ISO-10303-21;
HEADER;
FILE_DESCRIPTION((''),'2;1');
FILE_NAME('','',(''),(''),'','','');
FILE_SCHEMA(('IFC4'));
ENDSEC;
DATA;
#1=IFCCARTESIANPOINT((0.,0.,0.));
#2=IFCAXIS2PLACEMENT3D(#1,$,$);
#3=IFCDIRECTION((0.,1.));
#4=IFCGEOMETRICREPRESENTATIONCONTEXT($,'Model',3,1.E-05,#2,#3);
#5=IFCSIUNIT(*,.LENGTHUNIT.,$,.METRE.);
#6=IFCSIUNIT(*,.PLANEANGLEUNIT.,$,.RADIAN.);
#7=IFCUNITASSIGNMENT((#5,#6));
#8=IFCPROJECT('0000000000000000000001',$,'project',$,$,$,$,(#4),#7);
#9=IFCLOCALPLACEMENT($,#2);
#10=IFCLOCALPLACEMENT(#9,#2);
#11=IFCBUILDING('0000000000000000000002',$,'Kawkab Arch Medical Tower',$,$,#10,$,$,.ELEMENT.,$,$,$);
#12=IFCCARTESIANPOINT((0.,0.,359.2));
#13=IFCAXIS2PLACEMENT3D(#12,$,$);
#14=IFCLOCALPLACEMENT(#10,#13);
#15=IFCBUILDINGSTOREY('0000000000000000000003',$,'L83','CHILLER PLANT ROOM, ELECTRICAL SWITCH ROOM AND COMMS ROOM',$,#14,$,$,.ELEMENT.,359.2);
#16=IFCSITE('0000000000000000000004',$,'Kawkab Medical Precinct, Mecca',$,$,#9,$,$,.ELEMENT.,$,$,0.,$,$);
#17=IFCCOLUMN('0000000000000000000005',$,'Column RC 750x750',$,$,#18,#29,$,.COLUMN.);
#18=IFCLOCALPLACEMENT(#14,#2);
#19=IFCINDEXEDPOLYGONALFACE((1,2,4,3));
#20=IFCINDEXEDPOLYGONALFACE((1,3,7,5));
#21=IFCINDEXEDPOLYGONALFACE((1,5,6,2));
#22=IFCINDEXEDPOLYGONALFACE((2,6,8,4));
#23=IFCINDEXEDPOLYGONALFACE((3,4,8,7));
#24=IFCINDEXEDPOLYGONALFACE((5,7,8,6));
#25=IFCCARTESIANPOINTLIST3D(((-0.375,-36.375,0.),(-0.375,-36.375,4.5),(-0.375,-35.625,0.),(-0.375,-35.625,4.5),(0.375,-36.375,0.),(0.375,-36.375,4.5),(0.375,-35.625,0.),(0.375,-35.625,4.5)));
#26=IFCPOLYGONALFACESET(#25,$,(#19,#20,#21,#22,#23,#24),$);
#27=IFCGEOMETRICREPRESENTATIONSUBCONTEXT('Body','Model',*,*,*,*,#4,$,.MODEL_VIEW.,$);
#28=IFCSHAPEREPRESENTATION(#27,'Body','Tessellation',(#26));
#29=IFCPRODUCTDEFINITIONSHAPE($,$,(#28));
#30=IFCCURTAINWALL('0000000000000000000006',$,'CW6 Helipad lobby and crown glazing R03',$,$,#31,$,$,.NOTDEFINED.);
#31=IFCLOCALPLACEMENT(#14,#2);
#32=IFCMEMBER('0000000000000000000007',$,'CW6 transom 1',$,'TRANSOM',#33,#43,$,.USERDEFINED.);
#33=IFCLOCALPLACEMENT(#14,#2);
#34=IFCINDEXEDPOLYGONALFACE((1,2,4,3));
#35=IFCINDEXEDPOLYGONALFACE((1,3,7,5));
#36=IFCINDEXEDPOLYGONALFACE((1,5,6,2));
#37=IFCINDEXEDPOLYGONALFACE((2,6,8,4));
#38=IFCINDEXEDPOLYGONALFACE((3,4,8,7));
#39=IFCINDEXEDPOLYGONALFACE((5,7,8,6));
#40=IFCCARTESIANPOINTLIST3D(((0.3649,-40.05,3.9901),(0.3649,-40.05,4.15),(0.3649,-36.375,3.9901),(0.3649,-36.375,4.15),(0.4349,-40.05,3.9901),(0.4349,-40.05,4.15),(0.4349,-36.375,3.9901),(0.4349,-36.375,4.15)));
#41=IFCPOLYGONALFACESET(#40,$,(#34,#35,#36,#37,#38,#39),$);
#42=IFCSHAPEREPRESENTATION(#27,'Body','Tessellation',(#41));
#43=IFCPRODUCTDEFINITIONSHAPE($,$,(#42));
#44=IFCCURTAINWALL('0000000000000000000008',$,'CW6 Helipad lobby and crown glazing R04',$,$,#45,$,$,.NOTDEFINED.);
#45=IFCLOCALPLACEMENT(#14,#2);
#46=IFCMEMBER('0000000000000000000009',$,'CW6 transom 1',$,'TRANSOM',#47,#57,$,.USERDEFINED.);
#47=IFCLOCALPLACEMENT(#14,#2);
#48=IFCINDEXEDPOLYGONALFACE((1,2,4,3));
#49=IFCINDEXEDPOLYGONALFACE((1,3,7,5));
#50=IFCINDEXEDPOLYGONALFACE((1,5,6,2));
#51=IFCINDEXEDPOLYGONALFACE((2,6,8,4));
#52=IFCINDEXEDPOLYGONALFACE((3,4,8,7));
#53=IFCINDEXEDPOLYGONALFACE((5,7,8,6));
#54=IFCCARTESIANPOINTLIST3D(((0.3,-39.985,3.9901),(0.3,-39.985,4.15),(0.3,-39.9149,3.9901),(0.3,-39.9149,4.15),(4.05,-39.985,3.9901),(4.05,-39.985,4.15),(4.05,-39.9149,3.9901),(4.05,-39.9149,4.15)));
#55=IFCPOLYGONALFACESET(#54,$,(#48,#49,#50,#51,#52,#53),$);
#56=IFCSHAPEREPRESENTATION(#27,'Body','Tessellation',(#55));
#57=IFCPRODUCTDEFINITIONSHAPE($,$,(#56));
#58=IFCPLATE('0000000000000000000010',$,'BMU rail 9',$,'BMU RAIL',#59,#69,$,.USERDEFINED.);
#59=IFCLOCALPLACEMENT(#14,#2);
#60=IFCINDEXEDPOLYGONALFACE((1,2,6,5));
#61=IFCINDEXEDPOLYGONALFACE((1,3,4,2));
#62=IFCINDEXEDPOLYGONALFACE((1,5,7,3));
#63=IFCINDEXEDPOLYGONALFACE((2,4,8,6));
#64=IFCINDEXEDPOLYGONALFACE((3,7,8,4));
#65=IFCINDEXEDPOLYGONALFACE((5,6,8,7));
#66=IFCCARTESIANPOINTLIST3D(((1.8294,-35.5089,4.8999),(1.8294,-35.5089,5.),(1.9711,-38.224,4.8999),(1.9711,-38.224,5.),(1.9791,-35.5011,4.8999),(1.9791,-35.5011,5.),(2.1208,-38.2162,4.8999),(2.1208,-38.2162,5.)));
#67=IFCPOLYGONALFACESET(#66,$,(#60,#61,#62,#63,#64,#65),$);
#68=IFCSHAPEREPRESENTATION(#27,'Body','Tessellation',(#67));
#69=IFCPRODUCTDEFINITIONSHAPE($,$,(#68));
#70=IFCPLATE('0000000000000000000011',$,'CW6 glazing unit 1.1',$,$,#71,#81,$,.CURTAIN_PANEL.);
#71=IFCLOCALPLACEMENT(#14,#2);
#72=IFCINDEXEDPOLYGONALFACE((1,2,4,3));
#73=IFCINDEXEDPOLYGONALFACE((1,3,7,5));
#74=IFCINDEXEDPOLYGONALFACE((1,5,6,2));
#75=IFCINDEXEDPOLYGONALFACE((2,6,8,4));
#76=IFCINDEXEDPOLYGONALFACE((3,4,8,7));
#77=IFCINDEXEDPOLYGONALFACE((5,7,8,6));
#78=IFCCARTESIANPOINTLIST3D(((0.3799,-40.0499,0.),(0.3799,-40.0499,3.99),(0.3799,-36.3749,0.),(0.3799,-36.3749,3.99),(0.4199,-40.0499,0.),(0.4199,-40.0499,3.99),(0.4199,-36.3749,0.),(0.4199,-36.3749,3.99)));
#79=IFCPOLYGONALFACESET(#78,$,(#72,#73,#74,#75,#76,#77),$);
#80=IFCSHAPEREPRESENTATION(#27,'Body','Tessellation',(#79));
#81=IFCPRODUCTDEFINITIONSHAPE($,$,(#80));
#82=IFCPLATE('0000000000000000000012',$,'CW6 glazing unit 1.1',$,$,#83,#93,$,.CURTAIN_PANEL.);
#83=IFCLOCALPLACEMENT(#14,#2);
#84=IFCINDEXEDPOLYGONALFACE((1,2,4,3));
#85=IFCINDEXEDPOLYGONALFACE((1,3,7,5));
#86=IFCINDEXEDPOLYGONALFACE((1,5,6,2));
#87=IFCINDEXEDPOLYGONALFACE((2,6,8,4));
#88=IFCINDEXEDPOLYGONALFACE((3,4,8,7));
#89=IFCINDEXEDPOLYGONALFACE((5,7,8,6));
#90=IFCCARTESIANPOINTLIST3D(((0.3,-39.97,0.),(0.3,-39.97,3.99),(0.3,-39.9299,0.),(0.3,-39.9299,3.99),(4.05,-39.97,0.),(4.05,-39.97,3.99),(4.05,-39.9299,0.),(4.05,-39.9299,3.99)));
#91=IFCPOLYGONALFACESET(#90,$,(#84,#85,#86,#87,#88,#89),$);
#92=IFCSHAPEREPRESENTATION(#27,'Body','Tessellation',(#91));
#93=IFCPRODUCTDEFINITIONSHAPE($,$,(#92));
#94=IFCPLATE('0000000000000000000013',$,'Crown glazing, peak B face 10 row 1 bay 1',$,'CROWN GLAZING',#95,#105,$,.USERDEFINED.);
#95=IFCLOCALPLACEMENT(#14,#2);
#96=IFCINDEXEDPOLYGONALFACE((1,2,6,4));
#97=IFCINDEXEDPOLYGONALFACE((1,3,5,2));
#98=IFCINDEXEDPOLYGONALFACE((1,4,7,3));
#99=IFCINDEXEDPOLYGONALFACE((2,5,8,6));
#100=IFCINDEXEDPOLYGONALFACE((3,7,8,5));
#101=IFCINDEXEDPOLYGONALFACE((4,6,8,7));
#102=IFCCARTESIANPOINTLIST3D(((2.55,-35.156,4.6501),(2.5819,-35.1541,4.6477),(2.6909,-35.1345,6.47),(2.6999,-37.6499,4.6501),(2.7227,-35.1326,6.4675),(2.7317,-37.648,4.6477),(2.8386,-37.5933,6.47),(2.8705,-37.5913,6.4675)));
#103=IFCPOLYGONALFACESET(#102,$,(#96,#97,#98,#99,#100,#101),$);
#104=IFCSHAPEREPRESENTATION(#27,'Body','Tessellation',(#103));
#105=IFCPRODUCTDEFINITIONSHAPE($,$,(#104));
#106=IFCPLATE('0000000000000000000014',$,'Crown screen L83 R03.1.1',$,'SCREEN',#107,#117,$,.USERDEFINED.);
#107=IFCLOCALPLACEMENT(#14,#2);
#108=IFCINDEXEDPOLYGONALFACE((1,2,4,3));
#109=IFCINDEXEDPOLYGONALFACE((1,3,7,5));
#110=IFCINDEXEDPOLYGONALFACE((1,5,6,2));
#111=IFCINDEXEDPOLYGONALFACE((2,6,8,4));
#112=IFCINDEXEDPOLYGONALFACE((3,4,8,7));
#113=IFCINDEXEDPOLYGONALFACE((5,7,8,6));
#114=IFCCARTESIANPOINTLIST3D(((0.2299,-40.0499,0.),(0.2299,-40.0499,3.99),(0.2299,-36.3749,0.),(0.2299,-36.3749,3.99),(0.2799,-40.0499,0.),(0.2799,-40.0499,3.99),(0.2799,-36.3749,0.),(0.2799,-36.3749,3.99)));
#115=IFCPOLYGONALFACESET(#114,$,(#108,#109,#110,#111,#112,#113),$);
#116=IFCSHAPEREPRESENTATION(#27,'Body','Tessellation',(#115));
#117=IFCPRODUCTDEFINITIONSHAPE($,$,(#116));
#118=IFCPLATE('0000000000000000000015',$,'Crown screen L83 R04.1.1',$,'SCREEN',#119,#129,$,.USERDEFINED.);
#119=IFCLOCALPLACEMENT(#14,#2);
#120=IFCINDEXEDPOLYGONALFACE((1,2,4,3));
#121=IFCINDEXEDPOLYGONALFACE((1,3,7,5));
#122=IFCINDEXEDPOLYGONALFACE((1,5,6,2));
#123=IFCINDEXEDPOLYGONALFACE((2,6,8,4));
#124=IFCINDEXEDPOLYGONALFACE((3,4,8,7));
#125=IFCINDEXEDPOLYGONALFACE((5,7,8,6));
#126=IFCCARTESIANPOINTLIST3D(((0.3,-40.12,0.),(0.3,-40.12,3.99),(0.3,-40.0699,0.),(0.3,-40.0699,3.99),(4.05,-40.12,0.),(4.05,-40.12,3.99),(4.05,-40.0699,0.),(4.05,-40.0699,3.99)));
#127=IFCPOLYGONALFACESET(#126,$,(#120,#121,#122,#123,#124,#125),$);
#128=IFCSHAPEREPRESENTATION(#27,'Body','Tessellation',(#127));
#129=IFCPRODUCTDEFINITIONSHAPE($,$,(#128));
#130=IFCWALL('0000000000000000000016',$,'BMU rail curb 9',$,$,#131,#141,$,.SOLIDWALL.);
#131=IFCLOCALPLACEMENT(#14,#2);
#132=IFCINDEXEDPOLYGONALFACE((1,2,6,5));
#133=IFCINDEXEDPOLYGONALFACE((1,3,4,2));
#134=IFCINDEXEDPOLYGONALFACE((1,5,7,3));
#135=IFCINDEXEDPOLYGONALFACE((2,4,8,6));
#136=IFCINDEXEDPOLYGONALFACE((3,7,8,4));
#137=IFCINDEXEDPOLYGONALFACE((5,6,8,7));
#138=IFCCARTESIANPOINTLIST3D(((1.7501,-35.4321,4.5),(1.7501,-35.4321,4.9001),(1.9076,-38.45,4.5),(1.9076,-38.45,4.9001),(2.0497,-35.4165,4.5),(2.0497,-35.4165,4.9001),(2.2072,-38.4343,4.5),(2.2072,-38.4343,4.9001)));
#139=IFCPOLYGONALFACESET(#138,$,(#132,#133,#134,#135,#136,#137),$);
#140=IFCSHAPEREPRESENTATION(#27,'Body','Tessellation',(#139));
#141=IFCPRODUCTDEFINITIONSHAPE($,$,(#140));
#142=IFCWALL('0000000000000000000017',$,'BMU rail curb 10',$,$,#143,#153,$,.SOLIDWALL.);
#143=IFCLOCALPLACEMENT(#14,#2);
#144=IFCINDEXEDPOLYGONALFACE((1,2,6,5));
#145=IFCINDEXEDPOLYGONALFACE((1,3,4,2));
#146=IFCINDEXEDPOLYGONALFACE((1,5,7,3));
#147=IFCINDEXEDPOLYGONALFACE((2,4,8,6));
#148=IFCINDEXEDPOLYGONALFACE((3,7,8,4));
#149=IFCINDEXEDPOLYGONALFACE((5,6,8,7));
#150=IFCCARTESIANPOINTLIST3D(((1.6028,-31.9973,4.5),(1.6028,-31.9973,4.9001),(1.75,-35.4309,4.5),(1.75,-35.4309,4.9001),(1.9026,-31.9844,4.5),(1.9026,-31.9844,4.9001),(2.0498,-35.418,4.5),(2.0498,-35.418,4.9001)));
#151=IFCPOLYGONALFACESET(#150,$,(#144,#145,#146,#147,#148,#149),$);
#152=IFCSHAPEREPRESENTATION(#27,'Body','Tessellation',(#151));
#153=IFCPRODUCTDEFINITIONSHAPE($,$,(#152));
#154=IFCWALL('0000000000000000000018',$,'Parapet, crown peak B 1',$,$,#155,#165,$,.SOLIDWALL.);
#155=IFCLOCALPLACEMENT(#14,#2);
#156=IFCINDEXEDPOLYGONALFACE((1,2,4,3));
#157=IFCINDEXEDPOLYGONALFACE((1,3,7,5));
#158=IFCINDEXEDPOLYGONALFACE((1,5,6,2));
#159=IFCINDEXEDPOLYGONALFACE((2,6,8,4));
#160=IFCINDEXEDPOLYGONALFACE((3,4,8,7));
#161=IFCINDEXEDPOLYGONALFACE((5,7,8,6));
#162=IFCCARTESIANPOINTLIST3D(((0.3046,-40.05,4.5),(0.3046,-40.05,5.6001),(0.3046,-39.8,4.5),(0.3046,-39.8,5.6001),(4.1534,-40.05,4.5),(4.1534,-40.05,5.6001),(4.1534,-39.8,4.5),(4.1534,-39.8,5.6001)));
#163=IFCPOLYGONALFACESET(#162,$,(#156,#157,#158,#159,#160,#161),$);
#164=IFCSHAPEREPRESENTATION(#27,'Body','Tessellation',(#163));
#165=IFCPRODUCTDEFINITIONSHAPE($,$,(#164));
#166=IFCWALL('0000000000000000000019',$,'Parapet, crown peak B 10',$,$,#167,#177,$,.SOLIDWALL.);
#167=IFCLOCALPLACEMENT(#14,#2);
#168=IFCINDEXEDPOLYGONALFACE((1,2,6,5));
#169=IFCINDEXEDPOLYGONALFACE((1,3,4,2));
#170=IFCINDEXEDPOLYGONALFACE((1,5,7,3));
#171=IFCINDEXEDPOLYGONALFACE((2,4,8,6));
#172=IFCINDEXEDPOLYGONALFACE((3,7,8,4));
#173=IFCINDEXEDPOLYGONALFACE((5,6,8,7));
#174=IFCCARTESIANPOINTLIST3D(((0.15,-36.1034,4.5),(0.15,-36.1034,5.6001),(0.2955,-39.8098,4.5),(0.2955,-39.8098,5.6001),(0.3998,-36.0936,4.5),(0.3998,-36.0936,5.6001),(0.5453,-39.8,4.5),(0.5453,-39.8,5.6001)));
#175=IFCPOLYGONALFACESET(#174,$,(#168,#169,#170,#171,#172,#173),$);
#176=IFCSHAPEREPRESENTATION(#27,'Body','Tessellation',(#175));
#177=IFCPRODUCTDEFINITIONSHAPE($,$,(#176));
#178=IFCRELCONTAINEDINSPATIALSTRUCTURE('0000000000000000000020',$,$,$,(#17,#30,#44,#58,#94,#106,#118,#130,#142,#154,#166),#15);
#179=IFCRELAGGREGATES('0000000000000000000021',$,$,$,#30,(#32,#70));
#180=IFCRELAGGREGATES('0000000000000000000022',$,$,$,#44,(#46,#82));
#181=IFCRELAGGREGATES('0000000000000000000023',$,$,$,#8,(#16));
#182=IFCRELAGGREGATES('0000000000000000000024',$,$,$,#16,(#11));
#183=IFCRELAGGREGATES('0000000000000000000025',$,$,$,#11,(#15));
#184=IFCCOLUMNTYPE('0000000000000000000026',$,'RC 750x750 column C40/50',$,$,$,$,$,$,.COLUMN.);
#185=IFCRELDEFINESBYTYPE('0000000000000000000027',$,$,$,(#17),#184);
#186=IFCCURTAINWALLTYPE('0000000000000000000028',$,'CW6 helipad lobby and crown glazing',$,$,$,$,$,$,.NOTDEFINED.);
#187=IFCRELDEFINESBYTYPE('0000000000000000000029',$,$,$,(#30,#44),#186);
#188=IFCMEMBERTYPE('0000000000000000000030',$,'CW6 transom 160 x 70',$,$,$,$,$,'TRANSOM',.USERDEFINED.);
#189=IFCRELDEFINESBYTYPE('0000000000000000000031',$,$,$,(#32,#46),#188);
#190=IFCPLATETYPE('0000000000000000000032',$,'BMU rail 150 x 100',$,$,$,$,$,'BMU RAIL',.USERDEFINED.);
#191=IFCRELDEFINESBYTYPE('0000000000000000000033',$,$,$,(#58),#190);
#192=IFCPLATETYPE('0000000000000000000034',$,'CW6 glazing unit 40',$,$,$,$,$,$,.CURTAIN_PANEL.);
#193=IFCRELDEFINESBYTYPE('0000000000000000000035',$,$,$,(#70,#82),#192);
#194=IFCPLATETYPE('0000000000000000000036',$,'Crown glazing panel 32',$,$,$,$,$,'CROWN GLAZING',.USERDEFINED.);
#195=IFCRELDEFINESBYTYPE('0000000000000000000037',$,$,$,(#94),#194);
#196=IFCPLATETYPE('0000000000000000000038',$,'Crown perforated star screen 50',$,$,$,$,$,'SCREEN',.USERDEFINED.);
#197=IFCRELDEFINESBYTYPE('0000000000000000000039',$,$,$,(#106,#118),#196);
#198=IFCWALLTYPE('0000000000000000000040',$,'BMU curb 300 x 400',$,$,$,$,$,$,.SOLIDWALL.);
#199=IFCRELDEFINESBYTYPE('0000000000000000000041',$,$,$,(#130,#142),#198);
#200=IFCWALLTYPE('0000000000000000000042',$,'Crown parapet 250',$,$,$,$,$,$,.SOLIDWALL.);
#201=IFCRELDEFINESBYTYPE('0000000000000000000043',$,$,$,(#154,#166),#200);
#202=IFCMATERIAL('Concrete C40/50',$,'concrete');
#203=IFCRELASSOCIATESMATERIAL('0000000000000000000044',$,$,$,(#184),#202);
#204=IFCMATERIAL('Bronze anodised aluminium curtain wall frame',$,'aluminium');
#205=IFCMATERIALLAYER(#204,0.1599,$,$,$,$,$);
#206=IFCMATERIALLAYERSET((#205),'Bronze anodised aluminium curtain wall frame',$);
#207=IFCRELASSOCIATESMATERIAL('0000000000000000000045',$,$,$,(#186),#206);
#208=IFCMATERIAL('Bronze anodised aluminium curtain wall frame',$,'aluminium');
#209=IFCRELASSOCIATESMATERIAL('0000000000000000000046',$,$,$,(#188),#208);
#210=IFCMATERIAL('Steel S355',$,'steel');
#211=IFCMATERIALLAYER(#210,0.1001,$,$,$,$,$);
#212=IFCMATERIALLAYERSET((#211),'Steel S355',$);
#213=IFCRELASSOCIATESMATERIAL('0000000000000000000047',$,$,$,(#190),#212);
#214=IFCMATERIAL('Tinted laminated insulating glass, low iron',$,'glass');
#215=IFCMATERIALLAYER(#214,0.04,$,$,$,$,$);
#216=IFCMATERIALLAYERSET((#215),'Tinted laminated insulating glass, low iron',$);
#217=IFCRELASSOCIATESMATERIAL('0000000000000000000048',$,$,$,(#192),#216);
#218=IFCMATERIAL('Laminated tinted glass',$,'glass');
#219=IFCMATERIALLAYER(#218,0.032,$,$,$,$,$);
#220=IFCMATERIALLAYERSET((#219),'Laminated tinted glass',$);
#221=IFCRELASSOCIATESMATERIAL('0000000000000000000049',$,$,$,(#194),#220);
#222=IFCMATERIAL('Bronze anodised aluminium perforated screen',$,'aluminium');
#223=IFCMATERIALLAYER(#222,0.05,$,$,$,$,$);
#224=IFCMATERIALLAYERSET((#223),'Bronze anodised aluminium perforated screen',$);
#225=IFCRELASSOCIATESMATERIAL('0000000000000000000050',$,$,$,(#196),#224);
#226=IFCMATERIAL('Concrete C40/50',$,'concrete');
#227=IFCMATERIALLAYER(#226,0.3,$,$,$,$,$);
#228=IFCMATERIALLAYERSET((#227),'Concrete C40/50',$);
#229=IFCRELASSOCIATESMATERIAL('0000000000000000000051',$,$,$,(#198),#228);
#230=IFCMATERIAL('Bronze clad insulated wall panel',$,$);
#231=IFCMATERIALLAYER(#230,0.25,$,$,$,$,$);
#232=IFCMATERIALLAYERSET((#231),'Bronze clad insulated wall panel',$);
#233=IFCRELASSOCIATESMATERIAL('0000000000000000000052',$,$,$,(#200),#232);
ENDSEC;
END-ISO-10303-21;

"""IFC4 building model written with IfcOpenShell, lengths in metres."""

from ifc_helpers import new_model, si_unit, direction, frame, frame_2d, origin, origin_2d, place, context, subcontext, project, spatial, polyline, rectangle, outline, extrude, material, layer, layer_set, material_profile, profile_set, type_object, element, aggregate, save


model = new_model("IFC4")

# Units and contexts
model_context = context("Model", 3, precision=1e-05, world=origin(), true_north=direction((0.0, 1.0)))
body_context = subcontext(model_context, "Body", "Model", "MODEL_VIEW")
ifc_project = project(units=[si_unit("LENGTHUNIT", "METRE"), si_unit("PLANEANGLEUNIT", "RADIAN")], contexts=[model_context])

# Site, building, storey
site_placement = place(None, origin())
site = spatial("IfcSite", under=ifc_project, at=site_placement, Name="Kawkab Medical Precinct, Mecca", CompositionType="ELEMENT", RefElevation=0.0)
building_placement = place(site_placement, origin())
building = spatial("IfcBuilding", under=site, at=building_placement, Name="Kawkab Arch Medical Tower", CompositionType="ELEMENT")
storey_placement = place(building_placement, frame((0.0, 0.0, 359.2)))
storey = spatial("IfcBuildingStorey", under=building, at=storey_placement, Name="L83", Description="CHILLER PLANT ROOM, ELECTRICAL SWITCH ROOM AND COMMS ROOM", CompositionType="ELEMENT", Elevation=359.2)

# Column
ifc_material_1 = material(Name="Concrete C40/50", Category="concrete")
ifc_material_profile_1 = material_profile(ifc_material_1, rectangle(XDim=0.75, YDim=0.75, at=origin_2d()), Name="RC 750x750")
ifc_profile_set_1 = profile_set([ifc_material_profile_1], Name="Concrete C40/50")
column_type = type_object("IfcColumnType", Name="RC 750x750 column C40/50", PredefinedType="COLUMN", material=ifc_profile_set_1)
column_placement = place(storey_placement, frame((0.0, -36.0, 0.0), z_axis=(0.0, 0.0, 1.0), x_axis=(1.0, 0.0, 0.0)))
element("IfcColumn", 1, at=column_placement, inside=storey, type_object=column_type, Name="Column RC 750x750", PredefinedType="COLUMN", context=body_context, shape_type="SweptSolid", body=[
    extrude(rectangle(XDim=0.75, YDim=0.75, at=origin_2d()), origin(), (0.0, 0.0, 1.0), 4.5),
])

# Curtain walls, members
ifc_material_2 = material(Name="Bronze anodised aluminium curtain wall frame", Category="aluminium")
ifc_layer_1 = layer(ifc_material_2, 0.1599)
ifc_layer_set_1 = layer_set([ifc_layer_1], Name="Bronze anodised aluminium curtain wall frame")
curtain_wall_type = type_object("IfcCurtainWallType", Name="CW6 helipad lobby and crown glazing", PredefinedType="NOTDEFINED", material=ifc_layer_set_1)
placement = place(storey_placement, origin())
curtain_wall_1 = element("IfcCurtainWall", 2, at=placement, inside=storey, type_object=curtain_wall_type, Name="CW6 Helipad lobby and crown glazing R03", PredefinedType="NOTDEFINED")
ifc_material_3 = material(Name="Bronze anodised aluminium curtain wall frame", Category="aluminium")
ifc_material_profile_2 = material_profile(ifc_material_3, rectangle(XDim=0.0701, YDim=0.1599, at=origin_2d()), Name="AL 70x160")
ifc_profile_set_2 = profile_set([ifc_material_profile_2], Name="Bronze anodised aluminium curtain wall frame")
member_type = type_object("IfcMemberType", Name="CW6 transom 160 x 70", ElementType="TRANSOM", PredefinedType="USERDEFINED", material=ifc_profile_set_2)
member_1_placement = place(storey_placement, frame((0.3999, -36.375, 4.0701), z_axis=(0.0, -1.0, 0.0), x_axis=(1.0, 0.0, 0.0)))
member_1 = element("IfcMember", 3, at=member_1_placement, type_object=member_type, Name="CW6 transom 1", ObjectType="TRANSOM", PredefinedType="USERDEFINED", context=body_context, shape_type="SweptSolid", body=[
    extrude(rectangle(XDim=0.0701, YDim=0.1599, at=origin_2d()), origin(), (0.0, 0.0, 1.0), 3.675),
])
curtain_wall_2 = element("IfcCurtainWall", 4, at=placement, inside=storey, type_object=curtain_wall_type, Name="CW6 Helipad lobby and crown glazing R04", PredefinedType="NOTDEFINED")
member_2_placement = place(storey_placement, frame((0.3, -39.95, 4.0701), z_axis=(1.0, 0.0, 0.0), x_axis=(0.0, 1.0, 0.0)))
member_2 = element("IfcMember", 5, at=member_2_placement, type_object=member_type, Name="CW6 transom 1", ObjectType="TRANSOM", PredefinedType="USERDEFINED", context=body_context, shape_type="SweptSolid", body=[
    extrude(rectangle(XDim=0.0701, YDim=0.1599, at=origin_2d()), origin(), (0.0, 0.0, 1.0), 3.75),
])

# Plates
ifc_material_4 = material(Name="Steel S355", Category="steel")
ifc_layer_2 = layer(ifc_material_4, 0.1001)
ifc_layer_set_2 = layer_set([ifc_layer_2], Name="Steel S355")
plate_type_1 = type_object("IfcPlateType", Name="BMU rail 150 x 100", ElementType="BMU RAIL", PredefinedType="USERDEFINED", material=ifc_layer_set_2)
plate_1_placement = place(storey_placement, frame((1.9751, -36.8625, 4.8999), z_axis=(0.0, 0.0, 1.0), x_axis=(-0.052105, 0.998642, 0.0)))
element("IfcPlate", 6, at=plate_1_placement, inside=storey, type_object=plate_type_1, Name="BMU rail 9", ObjectType="BMU RAIL", PredefinedType="USERDEFINED", context=body_context, shape_type="SweptSolid", body=[
    extrude(rectangle(XDim=2.7188, YDim=0.1499, at=origin_2d()), origin(), (0.0, 0.0, 1.0), 0.1001),
])
ifc_material_5 = material(Name="Tinted laminated insulating glass, low iron", Category="glass")
ifc_layer_3 = layer(ifc_material_5, 0.04)
ifc_layer_set_3 = layer_set([ifc_layer_3], Name="Tinted laminated insulating glass, low iron")
plate_type_2 = type_object("IfcPlateType", Name="CW6 glazing unit 40", PredefinedType="CURTAIN_PANEL", material=ifc_layer_set_3)
plate_2_placement = place(storey_placement, frame((0.3999, -38.2124, 0.0), z_axis=(0.0, 0.0, 1.0), x_axis=(0.0, -1.0, 0.0)))
plate_2 = element("IfcPlate", 7, at=plate_2_placement, type_object=plate_type_2, Name="CW6 glazing unit 1.1", PredefinedType="CURTAIN_PANEL", context=body_context, shape_type="SweptSolid", body=[
    extrude(rectangle(XDim=3.675, YDim=0.04, at=origin_2d()), origin(), (0.0, 0.0, 1.0), 3.99),
])
aggregate(curtain_wall_1, [member_1, plate_2])
plate_3_placement = place(storey_placement, frame((2.175, -39.95, 0.0), z_axis=(0.0, 0.0, 1.0), x_axis=(1.0, 0.0, 0.0)))
plate_3 = element("IfcPlate", 8, at=plate_3_placement, type_object=plate_type_2, Name="CW6 glazing unit 1.1", PredefinedType="CURTAIN_PANEL", context=body_context, shape_type="SweptSolid", body=[
    extrude(rectangle(XDim=3.75, YDim=0.04, at=origin_2d()), origin(), (0.0, 0.0, 1.0), 3.99),
])
aggregate(curtain_wall_2, [member_2, plate_3])

# Plates
ifc_material_6 = material(Name="Laminated tinted glass", Category="glass")
ifc_layer_4 = layer(ifc_material_6, 0.032)
ifc_layer_set_4 = layer_set([ifc_layer_4], Name="Laminated tinted glass")
plate_type_3 = type_object("IfcPlateType", Name="Crown glazing panel 32", ElementType="CROWN GLAZING", PredefinedType="USERDEFINED", material=ifc_layer_set_4)
plate_4_placement = place(storey_placement, frame((2.55, -35.156, 4.6501), z_axis=(-0.99518, -0.059801, 0.077718), x_axis=(0.059983, -0.998199, 0.000001)))
element("IfcPlate", 9, at=plate_4_placement, inside=storey, type_object=plate_type_3, Name="Crown glazing, peak B face 10 row 1 bay 1", ObjectType="CROWN GLAZING", PredefinedType="USERDEFINED", context=body_context, shape_type="SweptSolid", body=[
    extrude(outline(polyline([(0.0, 0.0), (2.4984, 0.0), (2.4502, 1.8253), (-0.013, 1.8253), (0.0, 0.0)])), origin(), (0.0, 0.0, -1.0), 0.032),
])
ifc_material_7 = material(Name="Bronze anodised aluminium perforated screen", Category="aluminium")
ifc_layer_5 = layer(ifc_material_7, 0.05)
ifc_layer_set_5 = layer_set([ifc_layer_5], Name="Bronze anodised aluminium perforated screen")
plate_type_4 = type_object("IfcPlateType", Name="Crown perforated star screen 50", ElementType="SCREEN", PredefinedType="USERDEFINED", material=ifc_layer_set_5)
plate_5_placement = place(storey_placement, frame((0.2549, -38.2124, 0.0), z_axis=(0.0, 0.0, 1.0), x_axis=(0.0, -1.0, 0.0)))
element("IfcPlate", 10, at=plate_5_placement, inside=storey, type_object=plate_type_4, Name="Crown screen L83 R03.1.1", ObjectType="SCREEN", PredefinedType="USERDEFINED", context=body_context, shape_type="SweptSolid", body=[
    extrude(rectangle(XDim=3.675, YDim=0.05, at=origin_2d()), origin(), (0.0, 0.0, 1.0), 3.99),
])
plate_6_placement = place(storey_placement, frame((2.175, -40.095, 0.0), z_axis=(0.0, 0.0, 1.0), x_axis=(1.0, 0.0, 0.0)))
element("IfcPlate", 11, at=plate_6_placement, inside=storey, type_object=plate_type_4, Name="Crown screen L83 R04.1.1", ObjectType="SCREEN", PredefinedType="USERDEFINED", context=body_context, shape_type="SweptSolid", body=[
    extrude(rectangle(XDim=3.75, YDim=0.05, at=origin_2d()), origin(), (0.0, 0.0, 1.0), 3.99),
])

# Walls
ifc_material_8 = material(Name="Concrete C40/50", Category="concrete")
ifc_layer_6 = layer(ifc_material_8, 0.3)
ifc_layer_set_6 = layer_set([ifc_layer_6], Name="Concrete C40/50")
wall_type_1 = type_object("IfcWallType", Name="BMU curb 300 x 400", PredefinedType="SOLIDWALL", material=ifc_layer_set_6)
wall_1_placement = place(storey_placement, frame((2.0574, -38.4421, 4.5), z_axis=(0.0, 0.0, 1.0), x_axis=(-0.052109, 0.998641, 0.0)))
element("IfcWall", 12, at=wall_1_placement, inside=storey, type_object=wall_type_1, Name="BMU rail curb 9", PredefinedType="SOLIDWALL", context=body_context, shape_type="SweptSolid", body=[
    extrude(rectangle(XDim=3.022, YDim=0.3, at=frame_2d((1.511, 0.0))), origin(), (0.0, 0.0, 1.0), 0.4001),
])
wall_2_placement = place(storey_placement, frame((1.8999, -35.4243, 4.5), z_axis=(0.0, 0.0, 1.0), x_axis=(-0.042836, 0.999082, 0.0)))
element("IfcWall", 13, at=wall_2_placement, inside=storey, type_object=wall_type_1, Name="BMU rail curb 10", PredefinedType="SOLIDWALL", context=body_context, shape_type="SweptSolid", body=[
    extrude(rectangle(XDim=3.4368, YDim=0.3, at=frame_2d((1.7183, 0.0))), origin(), (0.0, 0.0, 1.0), 0.4001),
])
ifc_material_9 = material(Name="Bronze clad insulated wall panel")
ifc_layer_7 = layer(ifc_material_9, 0.25)
ifc_layer_set_7 = layer_set([ifc_layer_7], Name="Bronze clad insulated wall panel")
wall_type_2 = type_object("IfcWallType", Name="Crown parapet 250", PredefinedType="SOLIDWALL", material=ifc_layer_set_7)
wall_3_placement = place(storey_placement, frame((0.3047, -39.925, 4.5), z_axis=(0.0, 0.0, 1.0), x_axis=(1.0, 0.0, 0.0)))
element("IfcWall", 14, at=wall_3_placement, inside=storey, type_object=wall_type_2, Name="Parapet, crown peak B 1", PredefinedType="SOLIDWALL", context=body_context, shape_type="SweptSolid", body=[
    extrude(rectangle(XDim=3.8489, YDim=0.25, at=frame_2d((1.9243, 0.0))), origin(), (0.0, 0.0, 1.0), 1.1001),
])
wall_4_placement = place(storey_placement, frame((0.2749, -36.0986, 4.5), z_axis=(0.0, 0.0, 1.0), x_axis=(0.039229, -0.99923, 0.0)))
element("IfcWall", 15, at=wall_4_placement, inside=storey, type_object=wall_type_2, Name="Parapet, crown peak B 10", PredefinedType="SOLIDWALL", context=body_context, shape_type="SweptSolid", body=[
    extrude(rectangle(XDim=3.7092, YDim=0.25, at=frame_2d((1.8545, 0.0))), origin(), (0.0, 0.0, 1.0), 1.1001),
])

save(model, "model.ifc")
